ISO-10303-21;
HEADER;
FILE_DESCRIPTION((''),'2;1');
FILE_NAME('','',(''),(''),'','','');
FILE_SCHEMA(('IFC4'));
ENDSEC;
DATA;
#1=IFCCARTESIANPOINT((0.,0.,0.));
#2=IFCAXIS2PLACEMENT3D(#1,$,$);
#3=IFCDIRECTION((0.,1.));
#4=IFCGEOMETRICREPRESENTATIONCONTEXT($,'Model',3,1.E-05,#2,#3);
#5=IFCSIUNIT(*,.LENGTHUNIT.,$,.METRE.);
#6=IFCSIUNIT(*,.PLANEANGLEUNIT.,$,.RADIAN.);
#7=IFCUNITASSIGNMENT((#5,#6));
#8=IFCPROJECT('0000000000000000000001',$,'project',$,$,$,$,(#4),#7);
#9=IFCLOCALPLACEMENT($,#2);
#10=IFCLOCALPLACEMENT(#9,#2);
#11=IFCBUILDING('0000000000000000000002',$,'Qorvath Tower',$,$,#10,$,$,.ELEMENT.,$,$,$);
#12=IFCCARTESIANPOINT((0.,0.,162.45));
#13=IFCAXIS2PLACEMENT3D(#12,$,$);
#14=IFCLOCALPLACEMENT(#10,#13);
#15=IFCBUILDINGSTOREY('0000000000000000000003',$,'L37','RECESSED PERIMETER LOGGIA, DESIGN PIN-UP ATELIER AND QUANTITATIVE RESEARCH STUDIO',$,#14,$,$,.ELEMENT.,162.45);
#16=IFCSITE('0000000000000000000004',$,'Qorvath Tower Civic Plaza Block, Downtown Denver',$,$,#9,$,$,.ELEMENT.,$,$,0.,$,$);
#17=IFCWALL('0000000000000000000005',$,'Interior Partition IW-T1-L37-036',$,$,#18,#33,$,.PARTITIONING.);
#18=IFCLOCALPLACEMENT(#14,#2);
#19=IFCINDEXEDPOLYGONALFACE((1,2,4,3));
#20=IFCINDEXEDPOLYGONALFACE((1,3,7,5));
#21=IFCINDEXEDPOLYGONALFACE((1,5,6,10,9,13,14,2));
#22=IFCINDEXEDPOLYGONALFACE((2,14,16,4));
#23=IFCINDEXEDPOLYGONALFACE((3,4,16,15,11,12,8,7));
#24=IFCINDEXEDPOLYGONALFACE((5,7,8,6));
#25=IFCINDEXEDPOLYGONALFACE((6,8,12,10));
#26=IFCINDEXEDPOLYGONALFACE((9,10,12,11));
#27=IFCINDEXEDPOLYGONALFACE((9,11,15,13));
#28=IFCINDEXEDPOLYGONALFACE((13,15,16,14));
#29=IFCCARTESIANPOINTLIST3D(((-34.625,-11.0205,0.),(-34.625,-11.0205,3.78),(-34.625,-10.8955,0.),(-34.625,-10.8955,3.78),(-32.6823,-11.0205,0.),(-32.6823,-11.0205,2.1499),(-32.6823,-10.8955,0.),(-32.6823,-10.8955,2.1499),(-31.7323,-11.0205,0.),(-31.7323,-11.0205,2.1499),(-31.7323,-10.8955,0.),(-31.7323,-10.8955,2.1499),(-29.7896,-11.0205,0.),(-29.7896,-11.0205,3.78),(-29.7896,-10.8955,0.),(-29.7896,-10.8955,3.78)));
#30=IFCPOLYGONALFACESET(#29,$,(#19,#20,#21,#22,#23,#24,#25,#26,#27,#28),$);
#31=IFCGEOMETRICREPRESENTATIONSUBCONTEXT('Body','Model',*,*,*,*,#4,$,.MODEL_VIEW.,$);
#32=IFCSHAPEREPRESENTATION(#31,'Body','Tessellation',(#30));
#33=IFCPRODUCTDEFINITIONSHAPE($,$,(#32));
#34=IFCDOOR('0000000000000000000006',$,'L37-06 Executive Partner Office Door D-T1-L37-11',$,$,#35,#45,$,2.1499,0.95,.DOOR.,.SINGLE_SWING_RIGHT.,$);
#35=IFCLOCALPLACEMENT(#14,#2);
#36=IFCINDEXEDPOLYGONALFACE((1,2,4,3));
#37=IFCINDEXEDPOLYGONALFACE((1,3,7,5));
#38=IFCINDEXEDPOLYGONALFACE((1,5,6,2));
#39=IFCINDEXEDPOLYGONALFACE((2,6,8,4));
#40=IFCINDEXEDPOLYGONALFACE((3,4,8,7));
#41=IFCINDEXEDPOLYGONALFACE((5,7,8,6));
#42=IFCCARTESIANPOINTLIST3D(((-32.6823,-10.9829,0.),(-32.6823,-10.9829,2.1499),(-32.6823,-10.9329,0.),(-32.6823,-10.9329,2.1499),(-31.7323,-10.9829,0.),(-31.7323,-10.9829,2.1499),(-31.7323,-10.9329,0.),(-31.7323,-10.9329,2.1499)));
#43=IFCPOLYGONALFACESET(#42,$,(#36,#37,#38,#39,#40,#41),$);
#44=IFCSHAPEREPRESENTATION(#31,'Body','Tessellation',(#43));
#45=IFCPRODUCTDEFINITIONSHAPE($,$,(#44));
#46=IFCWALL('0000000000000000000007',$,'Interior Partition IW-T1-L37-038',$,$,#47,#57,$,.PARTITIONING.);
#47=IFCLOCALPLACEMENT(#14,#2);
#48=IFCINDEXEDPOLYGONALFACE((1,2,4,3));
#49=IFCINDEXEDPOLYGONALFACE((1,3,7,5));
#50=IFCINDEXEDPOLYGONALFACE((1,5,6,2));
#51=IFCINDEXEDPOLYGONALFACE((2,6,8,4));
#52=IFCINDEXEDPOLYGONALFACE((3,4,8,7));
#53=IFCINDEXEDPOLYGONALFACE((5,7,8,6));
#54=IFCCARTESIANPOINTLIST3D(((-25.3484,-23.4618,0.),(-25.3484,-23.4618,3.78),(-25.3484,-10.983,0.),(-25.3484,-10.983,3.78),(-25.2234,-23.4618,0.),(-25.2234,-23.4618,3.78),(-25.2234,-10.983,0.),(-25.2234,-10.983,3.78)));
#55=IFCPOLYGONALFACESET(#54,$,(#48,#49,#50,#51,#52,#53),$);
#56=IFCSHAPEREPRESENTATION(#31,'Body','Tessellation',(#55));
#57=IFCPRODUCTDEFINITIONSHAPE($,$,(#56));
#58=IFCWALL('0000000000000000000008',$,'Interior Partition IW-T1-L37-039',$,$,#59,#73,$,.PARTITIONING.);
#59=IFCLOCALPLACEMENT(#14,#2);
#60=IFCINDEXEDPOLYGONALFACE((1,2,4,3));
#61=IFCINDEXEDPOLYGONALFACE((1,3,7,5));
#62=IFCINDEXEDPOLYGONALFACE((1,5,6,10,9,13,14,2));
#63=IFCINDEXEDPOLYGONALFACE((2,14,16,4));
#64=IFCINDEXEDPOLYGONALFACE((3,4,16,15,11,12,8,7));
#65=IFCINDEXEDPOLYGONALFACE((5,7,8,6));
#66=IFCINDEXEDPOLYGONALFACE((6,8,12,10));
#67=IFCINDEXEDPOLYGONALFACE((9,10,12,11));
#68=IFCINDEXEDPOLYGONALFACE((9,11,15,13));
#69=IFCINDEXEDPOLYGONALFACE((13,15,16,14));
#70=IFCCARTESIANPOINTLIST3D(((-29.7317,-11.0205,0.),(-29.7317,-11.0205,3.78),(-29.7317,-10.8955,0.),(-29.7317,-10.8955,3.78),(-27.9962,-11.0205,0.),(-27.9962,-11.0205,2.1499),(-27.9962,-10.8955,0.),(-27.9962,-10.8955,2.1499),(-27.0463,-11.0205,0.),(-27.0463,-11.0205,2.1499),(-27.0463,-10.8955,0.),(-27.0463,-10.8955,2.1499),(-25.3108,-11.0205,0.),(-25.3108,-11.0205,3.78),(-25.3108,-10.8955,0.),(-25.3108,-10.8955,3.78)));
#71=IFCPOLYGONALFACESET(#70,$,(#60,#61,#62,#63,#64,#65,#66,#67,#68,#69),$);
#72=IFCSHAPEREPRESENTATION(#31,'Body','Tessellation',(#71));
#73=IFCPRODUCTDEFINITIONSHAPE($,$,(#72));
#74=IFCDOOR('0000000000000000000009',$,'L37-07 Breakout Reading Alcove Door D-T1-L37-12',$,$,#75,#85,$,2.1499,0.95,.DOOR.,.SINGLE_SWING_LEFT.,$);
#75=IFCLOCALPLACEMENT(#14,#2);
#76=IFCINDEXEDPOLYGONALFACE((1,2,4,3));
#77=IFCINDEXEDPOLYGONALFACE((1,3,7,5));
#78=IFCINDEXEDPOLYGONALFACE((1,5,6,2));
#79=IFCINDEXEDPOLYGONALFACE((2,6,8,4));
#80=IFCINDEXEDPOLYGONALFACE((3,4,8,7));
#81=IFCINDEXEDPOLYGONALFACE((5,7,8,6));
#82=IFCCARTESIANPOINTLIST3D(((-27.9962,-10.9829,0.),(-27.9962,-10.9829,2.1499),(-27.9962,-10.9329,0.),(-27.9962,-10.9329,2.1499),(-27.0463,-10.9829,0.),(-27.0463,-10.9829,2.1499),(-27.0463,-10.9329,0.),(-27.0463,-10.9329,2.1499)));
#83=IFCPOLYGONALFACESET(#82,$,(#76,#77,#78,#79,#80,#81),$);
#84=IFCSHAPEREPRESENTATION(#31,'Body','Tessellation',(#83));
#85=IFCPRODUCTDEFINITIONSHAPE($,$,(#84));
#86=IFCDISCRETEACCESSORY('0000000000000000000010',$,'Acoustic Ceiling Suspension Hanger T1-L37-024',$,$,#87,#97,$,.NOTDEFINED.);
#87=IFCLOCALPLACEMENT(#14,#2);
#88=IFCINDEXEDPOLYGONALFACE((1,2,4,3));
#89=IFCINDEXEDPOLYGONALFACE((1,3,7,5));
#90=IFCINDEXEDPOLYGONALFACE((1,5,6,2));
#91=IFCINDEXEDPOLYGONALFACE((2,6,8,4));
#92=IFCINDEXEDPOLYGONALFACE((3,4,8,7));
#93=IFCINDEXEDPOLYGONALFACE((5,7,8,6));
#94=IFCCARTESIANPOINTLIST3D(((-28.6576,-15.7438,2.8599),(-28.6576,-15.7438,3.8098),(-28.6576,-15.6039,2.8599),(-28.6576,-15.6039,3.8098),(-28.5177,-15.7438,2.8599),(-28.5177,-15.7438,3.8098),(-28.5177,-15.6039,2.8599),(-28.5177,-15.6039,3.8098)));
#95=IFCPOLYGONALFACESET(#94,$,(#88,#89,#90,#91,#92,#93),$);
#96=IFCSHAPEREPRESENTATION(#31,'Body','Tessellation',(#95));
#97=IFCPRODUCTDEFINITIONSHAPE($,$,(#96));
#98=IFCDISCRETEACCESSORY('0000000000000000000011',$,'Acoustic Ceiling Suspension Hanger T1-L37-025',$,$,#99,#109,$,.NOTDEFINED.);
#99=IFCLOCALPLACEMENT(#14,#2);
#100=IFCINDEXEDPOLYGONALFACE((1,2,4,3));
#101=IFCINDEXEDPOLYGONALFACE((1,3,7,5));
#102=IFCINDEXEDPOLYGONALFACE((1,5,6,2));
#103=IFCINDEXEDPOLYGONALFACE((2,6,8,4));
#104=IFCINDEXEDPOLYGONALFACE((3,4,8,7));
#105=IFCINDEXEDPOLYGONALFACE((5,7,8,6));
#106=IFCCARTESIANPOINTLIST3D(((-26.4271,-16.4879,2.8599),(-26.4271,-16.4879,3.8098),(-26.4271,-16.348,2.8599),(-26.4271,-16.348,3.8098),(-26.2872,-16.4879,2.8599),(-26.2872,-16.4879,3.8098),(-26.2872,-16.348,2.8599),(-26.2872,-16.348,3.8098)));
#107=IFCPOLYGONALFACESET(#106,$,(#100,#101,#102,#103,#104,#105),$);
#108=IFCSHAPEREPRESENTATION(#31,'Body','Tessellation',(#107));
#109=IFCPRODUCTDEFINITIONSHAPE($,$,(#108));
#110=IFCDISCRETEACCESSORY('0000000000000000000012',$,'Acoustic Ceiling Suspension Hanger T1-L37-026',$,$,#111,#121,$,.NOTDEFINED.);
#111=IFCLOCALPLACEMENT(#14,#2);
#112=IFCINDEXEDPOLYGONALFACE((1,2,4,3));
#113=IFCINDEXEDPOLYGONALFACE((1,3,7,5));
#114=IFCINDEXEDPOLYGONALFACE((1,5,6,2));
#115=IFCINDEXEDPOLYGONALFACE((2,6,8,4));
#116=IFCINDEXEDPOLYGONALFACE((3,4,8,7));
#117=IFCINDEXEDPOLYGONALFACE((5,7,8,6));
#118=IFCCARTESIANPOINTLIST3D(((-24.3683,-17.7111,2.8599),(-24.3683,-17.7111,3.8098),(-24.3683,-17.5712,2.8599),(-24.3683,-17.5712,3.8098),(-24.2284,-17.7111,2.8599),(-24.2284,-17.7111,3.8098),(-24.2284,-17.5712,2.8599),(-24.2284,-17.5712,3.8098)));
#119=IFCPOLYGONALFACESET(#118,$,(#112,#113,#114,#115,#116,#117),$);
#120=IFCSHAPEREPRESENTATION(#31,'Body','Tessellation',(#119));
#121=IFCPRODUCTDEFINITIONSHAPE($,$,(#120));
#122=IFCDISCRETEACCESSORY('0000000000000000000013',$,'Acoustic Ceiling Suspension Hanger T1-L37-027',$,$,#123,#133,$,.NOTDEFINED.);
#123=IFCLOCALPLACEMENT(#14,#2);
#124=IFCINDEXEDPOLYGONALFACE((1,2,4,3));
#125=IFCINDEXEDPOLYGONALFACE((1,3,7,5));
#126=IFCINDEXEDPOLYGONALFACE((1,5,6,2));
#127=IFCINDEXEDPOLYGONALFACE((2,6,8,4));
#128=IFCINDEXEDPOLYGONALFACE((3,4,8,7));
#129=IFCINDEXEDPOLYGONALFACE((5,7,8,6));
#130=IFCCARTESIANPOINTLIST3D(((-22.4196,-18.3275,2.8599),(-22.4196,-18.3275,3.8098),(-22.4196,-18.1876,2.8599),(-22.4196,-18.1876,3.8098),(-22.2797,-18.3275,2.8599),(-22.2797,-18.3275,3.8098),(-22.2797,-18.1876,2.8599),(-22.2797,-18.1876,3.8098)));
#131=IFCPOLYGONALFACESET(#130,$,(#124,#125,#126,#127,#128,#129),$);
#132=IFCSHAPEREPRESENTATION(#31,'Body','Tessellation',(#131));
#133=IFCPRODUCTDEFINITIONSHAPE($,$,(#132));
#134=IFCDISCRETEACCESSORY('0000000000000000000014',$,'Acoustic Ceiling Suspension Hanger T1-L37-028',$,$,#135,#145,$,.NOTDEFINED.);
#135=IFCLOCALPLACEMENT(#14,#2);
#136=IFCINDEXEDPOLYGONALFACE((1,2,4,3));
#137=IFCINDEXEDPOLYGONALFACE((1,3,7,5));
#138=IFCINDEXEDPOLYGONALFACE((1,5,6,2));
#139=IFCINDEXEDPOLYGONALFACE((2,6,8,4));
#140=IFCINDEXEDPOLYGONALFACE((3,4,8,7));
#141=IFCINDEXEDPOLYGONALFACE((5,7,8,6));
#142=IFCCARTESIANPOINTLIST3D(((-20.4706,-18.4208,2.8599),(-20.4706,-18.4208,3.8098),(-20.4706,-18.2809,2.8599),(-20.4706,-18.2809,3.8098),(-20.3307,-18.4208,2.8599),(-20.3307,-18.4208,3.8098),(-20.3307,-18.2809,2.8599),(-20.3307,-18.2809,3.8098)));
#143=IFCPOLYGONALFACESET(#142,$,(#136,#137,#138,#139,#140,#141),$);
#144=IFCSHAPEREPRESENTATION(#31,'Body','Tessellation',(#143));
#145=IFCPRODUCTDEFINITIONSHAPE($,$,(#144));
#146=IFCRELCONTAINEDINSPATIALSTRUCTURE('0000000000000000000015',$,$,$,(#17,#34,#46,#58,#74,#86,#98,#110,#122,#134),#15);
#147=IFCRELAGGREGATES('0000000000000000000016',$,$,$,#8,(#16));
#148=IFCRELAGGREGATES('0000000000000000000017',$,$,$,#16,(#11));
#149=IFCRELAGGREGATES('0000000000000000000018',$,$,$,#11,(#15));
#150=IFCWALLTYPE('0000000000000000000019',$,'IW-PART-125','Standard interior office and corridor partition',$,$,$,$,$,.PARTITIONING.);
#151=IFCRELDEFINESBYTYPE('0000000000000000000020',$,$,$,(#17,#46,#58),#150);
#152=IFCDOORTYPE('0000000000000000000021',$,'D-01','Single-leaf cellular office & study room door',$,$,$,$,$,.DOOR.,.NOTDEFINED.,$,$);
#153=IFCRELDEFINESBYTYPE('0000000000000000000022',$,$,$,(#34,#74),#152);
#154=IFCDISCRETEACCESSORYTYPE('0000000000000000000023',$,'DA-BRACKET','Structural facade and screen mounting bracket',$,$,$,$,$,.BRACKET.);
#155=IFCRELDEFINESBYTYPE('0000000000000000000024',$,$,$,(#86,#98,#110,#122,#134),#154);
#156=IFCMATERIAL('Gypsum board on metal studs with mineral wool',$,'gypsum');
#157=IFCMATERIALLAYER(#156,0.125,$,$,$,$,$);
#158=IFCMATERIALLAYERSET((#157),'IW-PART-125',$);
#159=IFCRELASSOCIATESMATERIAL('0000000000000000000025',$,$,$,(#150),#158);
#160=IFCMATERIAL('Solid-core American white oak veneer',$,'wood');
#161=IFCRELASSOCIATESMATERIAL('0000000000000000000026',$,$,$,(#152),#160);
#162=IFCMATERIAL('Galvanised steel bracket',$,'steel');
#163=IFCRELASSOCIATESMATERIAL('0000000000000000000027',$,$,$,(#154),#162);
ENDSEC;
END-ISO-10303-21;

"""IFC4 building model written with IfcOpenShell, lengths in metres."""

from ifc_helpers import new_model, si_unit, direction, frame, frame_2d, origin, origin_2d, place, context, subcontext, project, spatial, rectangle, extrude, material, layer, layer_set, type_object, element, fill, save


model = new_model("IFC4")

# Units and contexts
model_context = context("Model", 3, precision=1e-05, world=origin(), true_north=direction((0.0, 1.0)))
body_context = subcontext(model_context, "Body", "Model", "MODEL_VIEW")
ifc_project = project(units=[si_unit("LENGTHUNIT", "METRE"), si_unit("PLANEANGLEUNIT", "RADIAN")], contexts=[model_context])

# Site, building, storey
site_placement = place(None, origin())
site = spatial("IfcSite", under=ifc_project, at=site_placement, Name="Qorvath Tower Civic Plaza Block, Downtown Denver", CompositionType="ELEMENT", RefElevation=0.0)
building_placement = place(site_placement, origin())
building = spatial("IfcBuilding", under=site, at=building_placement, Name="Qorvath Tower", CompositionType="ELEMENT")
storey_placement = place(building_placement, frame((0.0, 0.0, 162.45)))
storey = spatial("IfcBuildingStorey", under=building, at=storey_placement, Name="L37", Description="RECESSED PERIMETER LOGGIA, DESIGN PIN-UP ATELIER AND QUANTITATIVE RESEARCH STUDIO", CompositionType="ELEMENT", Elevation=162.45)

# Shared definitions
ifc_material_1 = material(Name="Gypsum board on metal studs with mineral wool", Category="gypsum")
ifc_layer_1 = layer(ifc_material_1, 0.125)
ifc_layer_set_1 = layer_set([ifc_layer_1], Name="IW-PART-125")
wall_type_1 = type_object("IfcWallType", Name="IW-PART-125", Description="Standard interior office and corridor partition", PredefinedType="PARTITIONING", material=ifc_layer_set_1)

# Wall, opening, door
wall_1_placement = place(storey_placement, frame((-29.7896, -10.958, 0.0), z_axis=(0.0, 0.0, 1.0), x_axis=(-1.0, 0.0, 0.0)))
wall_1 = element("IfcWall", 1, at=wall_1_placement, inside=storey, type_object=wall_type_1, Name="Interior Partition IW-T1-L37-036", PredefinedType="PARTITIONING", context=body_context, shape_type="SweptSolid", body=[
    extrude(rectangle(XDim=4.8354, YDim=0.125, at=frame_2d((2.4177, 0.0))), origin(), (0.0, 0.0, 1.0), 3.78),
])
opening_1_placement = place(wall_1_placement, frame((1.9426, 0.0, 0.0)))
opening_1 = element("IfcOpeningElement", 2, at=opening_1_placement, cuts=wall_1, PredefinedType="OPENING", context=body_context, shape_type="SweptSolid", body=[
    extrude(rectangle(XDim=0.95, YDim=2.1499, at=frame_2d((0.4751, 1.075))), frame((0.0, 0.0725, 0.0), z_axis=(0.0, -1.0, 0.0), x_axis=(1.0, 0.0, 0.0)), (0.0, 0.0, 1.0), 0.145),
])
ifc_material_2 = material(Name="Solid-core American white oak veneer", Category="wood")
door_type = type_object("IfcDoorType", Name="D-01", Description="Single-leaf cellular office & study room door", OperationType="NOTDEFINED", PredefinedType="DOOR", material=ifc_material_2)
door_1_placement = place(opening_1_placement, origin())
door_1 = element("IfcDoor", 3, at=door_1_placement, inside=storey, type_object=door_type, Name="L37-06 Executive Partner Office Door D-T1-L37-11", OperationType="SINGLE_SWING_RIGHT", OverallHeight=2.1499, OverallWidth=0.95, PredefinedType="DOOR", context=body_context, shape_type="SweptSolid", body=[
    extrude(rectangle(XDim=0.95, YDim=2.1499, at=frame_2d((0.4751, 1.075))), frame((0.0, 0.0249, 0.0), z_axis=(0.0, -1.0, 0.0), x_axis=(1.0, 0.0, 0.0)), (0.0, 0.0, 1.0), 0.05),
])
fill(opening_1, door_1)

# Wall
wall_2_placement = place(storey_placement, frame((-25.2859, -23.4617, 0.0), z_axis=(0.0, 0.0, 1.0), x_axis=(0.0, 1.0, 0.0)))
element("IfcWall", 4, at=wall_2_placement, inside=storey, type_object=wall_type_1, Name="Interior Partition IW-T1-L37-038", PredefinedType="PARTITIONING", context=body_context, shape_type="SweptSolid", body=[
    extrude(rectangle(XDim=12.4788, YDim=0.125, at=frame_2d((6.2393, 0.0))), origin(), (0.0, 0.0, 1.0), 3.78),
])

# Wall, opening, door
wall_3_placement = place(storey_placement, frame((-25.3108, -10.958, 0.0), z_axis=(0.0, 0.0, 1.0), x_axis=(-1.0, 0.0, 0.0)))
wall_3 = element("IfcWall", 5, at=wall_3_placement, inside=storey, type_object=wall_type_1, Name="Interior Partition IW-T1-L37-039", PredefinedType="PARTITIONING", context=body_context, shape_type="SweptSolid", body=[
    extrude(rectangle(XDim=4.4209, YDim=0.125, at=frame_2d((2.2104, 0.0))), origin(), (0.0, 0.0, 1.0), 3.78),
])
opening_2_placement = place(wall_3_placement, frame((1.7354, 0.0, 0.0)))
opening_2 = element("IfcOpeningElement", 6, at=opening_2_placement, cuts=wall_3, PredefinedType="OPENING", context=body_context, shape_type="SweptSolid", body=[
    extrude(rectangle(XDim=0.95, YDim=2.1499, at=frame_2d((0.4751, 1.075))), frame((0.0, 0.0725, 0.0), z_axis=(0.0, -1.0, 0.0), x_axis=(1.0, 0.0, 0.0)), (0.0, 0.0, 1.0), 0.145),
])
door_2_placement = place(opening_2_placement, origin())
door_2 = element("IfcDoor", 7, at=door_2_placement, inside=storey, type_object=door_type, Name="L37-07 Breakout Reading Alcove Door D-T1-L37-12", OperationType="SINGLE_SWING_LEFT", OverallHeight=2.1499, OverallWidth=0.95, PredefinedType="DOOR", context=body_context, shape_type="SweptSolid", body=[
    extrude(rectangle(XDim=0.95, YDim=2.1499, at=frame_2d((0.4751, 1.075))), frame((0.0, 0.0249, 0.0), z_axis=(0.0, -1.0, 0.0), x_axis=(1.0, 0.0, 0.0)), (0.0, 0.0, 1.0), 0.05),
])
fill(opening_2, door_2)

# Discrete accessories
ifc_material_3 = material(Name="Galvanised steel bracket", Category="steel")
discrete_accessory_type = type_object("IfcDiscreteAccessoryType", Name="DA-BRACKET", Description="Structural facade and screen mounting bracket", PredefinedType="BRACKET", material=ifc_material_3)
for number, where, z_axis, x_axis, name in (
    (8, (-28.5876, -15.6738, 2.8599), (0.0, 0.0, 1.0), (1.0, 0.0, 0.0), "Acoustic Ceiling Suspension Hanger T1-L37-024"),
    (9, (-26.3572, -16.418, 2.8599), (0.0, 0.0, 1.0), (1.0, 0.0, 0.0), "Acoustic Ceiling Suspension Hanger T1-L37-025"),
    (10, (-24.2983, -17.6411, 2.8599), (0.0, 0.0, 1.0), (1.0, 0.0, 0.0), "Acoustic Ceiling Suspension Hanger T1-L37-026"),
    (11, (-22.3496, -18.2576, 2.8599), (0.0, 0.0, 1.0), (1.0, 0.0, 0.0), "Acoustic Ceiling Suspension Hanger T1-L37-027"),
    (12, (-20.4006, -18.3508, 2.8599), (0.0, 0.0, 1.0), (1.0, 0.0, 0.0), "Acoustic Ceiling Suspension Hanger T1-L37-028"),
):
    element("IfcDiscreteAccessory", number, at=place(storey_placement, frame(where, z_axis=z_axis, x_axis=x_axis)), inside=storey, type_object=discrete_accessory_type, Name=name, PredefinedType="NOTDEFINED", context=body_context, shape_type="SweptSolid", body=[
        extrude(rectangle(XDim=0.1399, YDim=0.1399, at=origin_2d()), origin(), (0.0, 0.0, 1.0), 0.95),
    ])

save(model, "model.ifc")
